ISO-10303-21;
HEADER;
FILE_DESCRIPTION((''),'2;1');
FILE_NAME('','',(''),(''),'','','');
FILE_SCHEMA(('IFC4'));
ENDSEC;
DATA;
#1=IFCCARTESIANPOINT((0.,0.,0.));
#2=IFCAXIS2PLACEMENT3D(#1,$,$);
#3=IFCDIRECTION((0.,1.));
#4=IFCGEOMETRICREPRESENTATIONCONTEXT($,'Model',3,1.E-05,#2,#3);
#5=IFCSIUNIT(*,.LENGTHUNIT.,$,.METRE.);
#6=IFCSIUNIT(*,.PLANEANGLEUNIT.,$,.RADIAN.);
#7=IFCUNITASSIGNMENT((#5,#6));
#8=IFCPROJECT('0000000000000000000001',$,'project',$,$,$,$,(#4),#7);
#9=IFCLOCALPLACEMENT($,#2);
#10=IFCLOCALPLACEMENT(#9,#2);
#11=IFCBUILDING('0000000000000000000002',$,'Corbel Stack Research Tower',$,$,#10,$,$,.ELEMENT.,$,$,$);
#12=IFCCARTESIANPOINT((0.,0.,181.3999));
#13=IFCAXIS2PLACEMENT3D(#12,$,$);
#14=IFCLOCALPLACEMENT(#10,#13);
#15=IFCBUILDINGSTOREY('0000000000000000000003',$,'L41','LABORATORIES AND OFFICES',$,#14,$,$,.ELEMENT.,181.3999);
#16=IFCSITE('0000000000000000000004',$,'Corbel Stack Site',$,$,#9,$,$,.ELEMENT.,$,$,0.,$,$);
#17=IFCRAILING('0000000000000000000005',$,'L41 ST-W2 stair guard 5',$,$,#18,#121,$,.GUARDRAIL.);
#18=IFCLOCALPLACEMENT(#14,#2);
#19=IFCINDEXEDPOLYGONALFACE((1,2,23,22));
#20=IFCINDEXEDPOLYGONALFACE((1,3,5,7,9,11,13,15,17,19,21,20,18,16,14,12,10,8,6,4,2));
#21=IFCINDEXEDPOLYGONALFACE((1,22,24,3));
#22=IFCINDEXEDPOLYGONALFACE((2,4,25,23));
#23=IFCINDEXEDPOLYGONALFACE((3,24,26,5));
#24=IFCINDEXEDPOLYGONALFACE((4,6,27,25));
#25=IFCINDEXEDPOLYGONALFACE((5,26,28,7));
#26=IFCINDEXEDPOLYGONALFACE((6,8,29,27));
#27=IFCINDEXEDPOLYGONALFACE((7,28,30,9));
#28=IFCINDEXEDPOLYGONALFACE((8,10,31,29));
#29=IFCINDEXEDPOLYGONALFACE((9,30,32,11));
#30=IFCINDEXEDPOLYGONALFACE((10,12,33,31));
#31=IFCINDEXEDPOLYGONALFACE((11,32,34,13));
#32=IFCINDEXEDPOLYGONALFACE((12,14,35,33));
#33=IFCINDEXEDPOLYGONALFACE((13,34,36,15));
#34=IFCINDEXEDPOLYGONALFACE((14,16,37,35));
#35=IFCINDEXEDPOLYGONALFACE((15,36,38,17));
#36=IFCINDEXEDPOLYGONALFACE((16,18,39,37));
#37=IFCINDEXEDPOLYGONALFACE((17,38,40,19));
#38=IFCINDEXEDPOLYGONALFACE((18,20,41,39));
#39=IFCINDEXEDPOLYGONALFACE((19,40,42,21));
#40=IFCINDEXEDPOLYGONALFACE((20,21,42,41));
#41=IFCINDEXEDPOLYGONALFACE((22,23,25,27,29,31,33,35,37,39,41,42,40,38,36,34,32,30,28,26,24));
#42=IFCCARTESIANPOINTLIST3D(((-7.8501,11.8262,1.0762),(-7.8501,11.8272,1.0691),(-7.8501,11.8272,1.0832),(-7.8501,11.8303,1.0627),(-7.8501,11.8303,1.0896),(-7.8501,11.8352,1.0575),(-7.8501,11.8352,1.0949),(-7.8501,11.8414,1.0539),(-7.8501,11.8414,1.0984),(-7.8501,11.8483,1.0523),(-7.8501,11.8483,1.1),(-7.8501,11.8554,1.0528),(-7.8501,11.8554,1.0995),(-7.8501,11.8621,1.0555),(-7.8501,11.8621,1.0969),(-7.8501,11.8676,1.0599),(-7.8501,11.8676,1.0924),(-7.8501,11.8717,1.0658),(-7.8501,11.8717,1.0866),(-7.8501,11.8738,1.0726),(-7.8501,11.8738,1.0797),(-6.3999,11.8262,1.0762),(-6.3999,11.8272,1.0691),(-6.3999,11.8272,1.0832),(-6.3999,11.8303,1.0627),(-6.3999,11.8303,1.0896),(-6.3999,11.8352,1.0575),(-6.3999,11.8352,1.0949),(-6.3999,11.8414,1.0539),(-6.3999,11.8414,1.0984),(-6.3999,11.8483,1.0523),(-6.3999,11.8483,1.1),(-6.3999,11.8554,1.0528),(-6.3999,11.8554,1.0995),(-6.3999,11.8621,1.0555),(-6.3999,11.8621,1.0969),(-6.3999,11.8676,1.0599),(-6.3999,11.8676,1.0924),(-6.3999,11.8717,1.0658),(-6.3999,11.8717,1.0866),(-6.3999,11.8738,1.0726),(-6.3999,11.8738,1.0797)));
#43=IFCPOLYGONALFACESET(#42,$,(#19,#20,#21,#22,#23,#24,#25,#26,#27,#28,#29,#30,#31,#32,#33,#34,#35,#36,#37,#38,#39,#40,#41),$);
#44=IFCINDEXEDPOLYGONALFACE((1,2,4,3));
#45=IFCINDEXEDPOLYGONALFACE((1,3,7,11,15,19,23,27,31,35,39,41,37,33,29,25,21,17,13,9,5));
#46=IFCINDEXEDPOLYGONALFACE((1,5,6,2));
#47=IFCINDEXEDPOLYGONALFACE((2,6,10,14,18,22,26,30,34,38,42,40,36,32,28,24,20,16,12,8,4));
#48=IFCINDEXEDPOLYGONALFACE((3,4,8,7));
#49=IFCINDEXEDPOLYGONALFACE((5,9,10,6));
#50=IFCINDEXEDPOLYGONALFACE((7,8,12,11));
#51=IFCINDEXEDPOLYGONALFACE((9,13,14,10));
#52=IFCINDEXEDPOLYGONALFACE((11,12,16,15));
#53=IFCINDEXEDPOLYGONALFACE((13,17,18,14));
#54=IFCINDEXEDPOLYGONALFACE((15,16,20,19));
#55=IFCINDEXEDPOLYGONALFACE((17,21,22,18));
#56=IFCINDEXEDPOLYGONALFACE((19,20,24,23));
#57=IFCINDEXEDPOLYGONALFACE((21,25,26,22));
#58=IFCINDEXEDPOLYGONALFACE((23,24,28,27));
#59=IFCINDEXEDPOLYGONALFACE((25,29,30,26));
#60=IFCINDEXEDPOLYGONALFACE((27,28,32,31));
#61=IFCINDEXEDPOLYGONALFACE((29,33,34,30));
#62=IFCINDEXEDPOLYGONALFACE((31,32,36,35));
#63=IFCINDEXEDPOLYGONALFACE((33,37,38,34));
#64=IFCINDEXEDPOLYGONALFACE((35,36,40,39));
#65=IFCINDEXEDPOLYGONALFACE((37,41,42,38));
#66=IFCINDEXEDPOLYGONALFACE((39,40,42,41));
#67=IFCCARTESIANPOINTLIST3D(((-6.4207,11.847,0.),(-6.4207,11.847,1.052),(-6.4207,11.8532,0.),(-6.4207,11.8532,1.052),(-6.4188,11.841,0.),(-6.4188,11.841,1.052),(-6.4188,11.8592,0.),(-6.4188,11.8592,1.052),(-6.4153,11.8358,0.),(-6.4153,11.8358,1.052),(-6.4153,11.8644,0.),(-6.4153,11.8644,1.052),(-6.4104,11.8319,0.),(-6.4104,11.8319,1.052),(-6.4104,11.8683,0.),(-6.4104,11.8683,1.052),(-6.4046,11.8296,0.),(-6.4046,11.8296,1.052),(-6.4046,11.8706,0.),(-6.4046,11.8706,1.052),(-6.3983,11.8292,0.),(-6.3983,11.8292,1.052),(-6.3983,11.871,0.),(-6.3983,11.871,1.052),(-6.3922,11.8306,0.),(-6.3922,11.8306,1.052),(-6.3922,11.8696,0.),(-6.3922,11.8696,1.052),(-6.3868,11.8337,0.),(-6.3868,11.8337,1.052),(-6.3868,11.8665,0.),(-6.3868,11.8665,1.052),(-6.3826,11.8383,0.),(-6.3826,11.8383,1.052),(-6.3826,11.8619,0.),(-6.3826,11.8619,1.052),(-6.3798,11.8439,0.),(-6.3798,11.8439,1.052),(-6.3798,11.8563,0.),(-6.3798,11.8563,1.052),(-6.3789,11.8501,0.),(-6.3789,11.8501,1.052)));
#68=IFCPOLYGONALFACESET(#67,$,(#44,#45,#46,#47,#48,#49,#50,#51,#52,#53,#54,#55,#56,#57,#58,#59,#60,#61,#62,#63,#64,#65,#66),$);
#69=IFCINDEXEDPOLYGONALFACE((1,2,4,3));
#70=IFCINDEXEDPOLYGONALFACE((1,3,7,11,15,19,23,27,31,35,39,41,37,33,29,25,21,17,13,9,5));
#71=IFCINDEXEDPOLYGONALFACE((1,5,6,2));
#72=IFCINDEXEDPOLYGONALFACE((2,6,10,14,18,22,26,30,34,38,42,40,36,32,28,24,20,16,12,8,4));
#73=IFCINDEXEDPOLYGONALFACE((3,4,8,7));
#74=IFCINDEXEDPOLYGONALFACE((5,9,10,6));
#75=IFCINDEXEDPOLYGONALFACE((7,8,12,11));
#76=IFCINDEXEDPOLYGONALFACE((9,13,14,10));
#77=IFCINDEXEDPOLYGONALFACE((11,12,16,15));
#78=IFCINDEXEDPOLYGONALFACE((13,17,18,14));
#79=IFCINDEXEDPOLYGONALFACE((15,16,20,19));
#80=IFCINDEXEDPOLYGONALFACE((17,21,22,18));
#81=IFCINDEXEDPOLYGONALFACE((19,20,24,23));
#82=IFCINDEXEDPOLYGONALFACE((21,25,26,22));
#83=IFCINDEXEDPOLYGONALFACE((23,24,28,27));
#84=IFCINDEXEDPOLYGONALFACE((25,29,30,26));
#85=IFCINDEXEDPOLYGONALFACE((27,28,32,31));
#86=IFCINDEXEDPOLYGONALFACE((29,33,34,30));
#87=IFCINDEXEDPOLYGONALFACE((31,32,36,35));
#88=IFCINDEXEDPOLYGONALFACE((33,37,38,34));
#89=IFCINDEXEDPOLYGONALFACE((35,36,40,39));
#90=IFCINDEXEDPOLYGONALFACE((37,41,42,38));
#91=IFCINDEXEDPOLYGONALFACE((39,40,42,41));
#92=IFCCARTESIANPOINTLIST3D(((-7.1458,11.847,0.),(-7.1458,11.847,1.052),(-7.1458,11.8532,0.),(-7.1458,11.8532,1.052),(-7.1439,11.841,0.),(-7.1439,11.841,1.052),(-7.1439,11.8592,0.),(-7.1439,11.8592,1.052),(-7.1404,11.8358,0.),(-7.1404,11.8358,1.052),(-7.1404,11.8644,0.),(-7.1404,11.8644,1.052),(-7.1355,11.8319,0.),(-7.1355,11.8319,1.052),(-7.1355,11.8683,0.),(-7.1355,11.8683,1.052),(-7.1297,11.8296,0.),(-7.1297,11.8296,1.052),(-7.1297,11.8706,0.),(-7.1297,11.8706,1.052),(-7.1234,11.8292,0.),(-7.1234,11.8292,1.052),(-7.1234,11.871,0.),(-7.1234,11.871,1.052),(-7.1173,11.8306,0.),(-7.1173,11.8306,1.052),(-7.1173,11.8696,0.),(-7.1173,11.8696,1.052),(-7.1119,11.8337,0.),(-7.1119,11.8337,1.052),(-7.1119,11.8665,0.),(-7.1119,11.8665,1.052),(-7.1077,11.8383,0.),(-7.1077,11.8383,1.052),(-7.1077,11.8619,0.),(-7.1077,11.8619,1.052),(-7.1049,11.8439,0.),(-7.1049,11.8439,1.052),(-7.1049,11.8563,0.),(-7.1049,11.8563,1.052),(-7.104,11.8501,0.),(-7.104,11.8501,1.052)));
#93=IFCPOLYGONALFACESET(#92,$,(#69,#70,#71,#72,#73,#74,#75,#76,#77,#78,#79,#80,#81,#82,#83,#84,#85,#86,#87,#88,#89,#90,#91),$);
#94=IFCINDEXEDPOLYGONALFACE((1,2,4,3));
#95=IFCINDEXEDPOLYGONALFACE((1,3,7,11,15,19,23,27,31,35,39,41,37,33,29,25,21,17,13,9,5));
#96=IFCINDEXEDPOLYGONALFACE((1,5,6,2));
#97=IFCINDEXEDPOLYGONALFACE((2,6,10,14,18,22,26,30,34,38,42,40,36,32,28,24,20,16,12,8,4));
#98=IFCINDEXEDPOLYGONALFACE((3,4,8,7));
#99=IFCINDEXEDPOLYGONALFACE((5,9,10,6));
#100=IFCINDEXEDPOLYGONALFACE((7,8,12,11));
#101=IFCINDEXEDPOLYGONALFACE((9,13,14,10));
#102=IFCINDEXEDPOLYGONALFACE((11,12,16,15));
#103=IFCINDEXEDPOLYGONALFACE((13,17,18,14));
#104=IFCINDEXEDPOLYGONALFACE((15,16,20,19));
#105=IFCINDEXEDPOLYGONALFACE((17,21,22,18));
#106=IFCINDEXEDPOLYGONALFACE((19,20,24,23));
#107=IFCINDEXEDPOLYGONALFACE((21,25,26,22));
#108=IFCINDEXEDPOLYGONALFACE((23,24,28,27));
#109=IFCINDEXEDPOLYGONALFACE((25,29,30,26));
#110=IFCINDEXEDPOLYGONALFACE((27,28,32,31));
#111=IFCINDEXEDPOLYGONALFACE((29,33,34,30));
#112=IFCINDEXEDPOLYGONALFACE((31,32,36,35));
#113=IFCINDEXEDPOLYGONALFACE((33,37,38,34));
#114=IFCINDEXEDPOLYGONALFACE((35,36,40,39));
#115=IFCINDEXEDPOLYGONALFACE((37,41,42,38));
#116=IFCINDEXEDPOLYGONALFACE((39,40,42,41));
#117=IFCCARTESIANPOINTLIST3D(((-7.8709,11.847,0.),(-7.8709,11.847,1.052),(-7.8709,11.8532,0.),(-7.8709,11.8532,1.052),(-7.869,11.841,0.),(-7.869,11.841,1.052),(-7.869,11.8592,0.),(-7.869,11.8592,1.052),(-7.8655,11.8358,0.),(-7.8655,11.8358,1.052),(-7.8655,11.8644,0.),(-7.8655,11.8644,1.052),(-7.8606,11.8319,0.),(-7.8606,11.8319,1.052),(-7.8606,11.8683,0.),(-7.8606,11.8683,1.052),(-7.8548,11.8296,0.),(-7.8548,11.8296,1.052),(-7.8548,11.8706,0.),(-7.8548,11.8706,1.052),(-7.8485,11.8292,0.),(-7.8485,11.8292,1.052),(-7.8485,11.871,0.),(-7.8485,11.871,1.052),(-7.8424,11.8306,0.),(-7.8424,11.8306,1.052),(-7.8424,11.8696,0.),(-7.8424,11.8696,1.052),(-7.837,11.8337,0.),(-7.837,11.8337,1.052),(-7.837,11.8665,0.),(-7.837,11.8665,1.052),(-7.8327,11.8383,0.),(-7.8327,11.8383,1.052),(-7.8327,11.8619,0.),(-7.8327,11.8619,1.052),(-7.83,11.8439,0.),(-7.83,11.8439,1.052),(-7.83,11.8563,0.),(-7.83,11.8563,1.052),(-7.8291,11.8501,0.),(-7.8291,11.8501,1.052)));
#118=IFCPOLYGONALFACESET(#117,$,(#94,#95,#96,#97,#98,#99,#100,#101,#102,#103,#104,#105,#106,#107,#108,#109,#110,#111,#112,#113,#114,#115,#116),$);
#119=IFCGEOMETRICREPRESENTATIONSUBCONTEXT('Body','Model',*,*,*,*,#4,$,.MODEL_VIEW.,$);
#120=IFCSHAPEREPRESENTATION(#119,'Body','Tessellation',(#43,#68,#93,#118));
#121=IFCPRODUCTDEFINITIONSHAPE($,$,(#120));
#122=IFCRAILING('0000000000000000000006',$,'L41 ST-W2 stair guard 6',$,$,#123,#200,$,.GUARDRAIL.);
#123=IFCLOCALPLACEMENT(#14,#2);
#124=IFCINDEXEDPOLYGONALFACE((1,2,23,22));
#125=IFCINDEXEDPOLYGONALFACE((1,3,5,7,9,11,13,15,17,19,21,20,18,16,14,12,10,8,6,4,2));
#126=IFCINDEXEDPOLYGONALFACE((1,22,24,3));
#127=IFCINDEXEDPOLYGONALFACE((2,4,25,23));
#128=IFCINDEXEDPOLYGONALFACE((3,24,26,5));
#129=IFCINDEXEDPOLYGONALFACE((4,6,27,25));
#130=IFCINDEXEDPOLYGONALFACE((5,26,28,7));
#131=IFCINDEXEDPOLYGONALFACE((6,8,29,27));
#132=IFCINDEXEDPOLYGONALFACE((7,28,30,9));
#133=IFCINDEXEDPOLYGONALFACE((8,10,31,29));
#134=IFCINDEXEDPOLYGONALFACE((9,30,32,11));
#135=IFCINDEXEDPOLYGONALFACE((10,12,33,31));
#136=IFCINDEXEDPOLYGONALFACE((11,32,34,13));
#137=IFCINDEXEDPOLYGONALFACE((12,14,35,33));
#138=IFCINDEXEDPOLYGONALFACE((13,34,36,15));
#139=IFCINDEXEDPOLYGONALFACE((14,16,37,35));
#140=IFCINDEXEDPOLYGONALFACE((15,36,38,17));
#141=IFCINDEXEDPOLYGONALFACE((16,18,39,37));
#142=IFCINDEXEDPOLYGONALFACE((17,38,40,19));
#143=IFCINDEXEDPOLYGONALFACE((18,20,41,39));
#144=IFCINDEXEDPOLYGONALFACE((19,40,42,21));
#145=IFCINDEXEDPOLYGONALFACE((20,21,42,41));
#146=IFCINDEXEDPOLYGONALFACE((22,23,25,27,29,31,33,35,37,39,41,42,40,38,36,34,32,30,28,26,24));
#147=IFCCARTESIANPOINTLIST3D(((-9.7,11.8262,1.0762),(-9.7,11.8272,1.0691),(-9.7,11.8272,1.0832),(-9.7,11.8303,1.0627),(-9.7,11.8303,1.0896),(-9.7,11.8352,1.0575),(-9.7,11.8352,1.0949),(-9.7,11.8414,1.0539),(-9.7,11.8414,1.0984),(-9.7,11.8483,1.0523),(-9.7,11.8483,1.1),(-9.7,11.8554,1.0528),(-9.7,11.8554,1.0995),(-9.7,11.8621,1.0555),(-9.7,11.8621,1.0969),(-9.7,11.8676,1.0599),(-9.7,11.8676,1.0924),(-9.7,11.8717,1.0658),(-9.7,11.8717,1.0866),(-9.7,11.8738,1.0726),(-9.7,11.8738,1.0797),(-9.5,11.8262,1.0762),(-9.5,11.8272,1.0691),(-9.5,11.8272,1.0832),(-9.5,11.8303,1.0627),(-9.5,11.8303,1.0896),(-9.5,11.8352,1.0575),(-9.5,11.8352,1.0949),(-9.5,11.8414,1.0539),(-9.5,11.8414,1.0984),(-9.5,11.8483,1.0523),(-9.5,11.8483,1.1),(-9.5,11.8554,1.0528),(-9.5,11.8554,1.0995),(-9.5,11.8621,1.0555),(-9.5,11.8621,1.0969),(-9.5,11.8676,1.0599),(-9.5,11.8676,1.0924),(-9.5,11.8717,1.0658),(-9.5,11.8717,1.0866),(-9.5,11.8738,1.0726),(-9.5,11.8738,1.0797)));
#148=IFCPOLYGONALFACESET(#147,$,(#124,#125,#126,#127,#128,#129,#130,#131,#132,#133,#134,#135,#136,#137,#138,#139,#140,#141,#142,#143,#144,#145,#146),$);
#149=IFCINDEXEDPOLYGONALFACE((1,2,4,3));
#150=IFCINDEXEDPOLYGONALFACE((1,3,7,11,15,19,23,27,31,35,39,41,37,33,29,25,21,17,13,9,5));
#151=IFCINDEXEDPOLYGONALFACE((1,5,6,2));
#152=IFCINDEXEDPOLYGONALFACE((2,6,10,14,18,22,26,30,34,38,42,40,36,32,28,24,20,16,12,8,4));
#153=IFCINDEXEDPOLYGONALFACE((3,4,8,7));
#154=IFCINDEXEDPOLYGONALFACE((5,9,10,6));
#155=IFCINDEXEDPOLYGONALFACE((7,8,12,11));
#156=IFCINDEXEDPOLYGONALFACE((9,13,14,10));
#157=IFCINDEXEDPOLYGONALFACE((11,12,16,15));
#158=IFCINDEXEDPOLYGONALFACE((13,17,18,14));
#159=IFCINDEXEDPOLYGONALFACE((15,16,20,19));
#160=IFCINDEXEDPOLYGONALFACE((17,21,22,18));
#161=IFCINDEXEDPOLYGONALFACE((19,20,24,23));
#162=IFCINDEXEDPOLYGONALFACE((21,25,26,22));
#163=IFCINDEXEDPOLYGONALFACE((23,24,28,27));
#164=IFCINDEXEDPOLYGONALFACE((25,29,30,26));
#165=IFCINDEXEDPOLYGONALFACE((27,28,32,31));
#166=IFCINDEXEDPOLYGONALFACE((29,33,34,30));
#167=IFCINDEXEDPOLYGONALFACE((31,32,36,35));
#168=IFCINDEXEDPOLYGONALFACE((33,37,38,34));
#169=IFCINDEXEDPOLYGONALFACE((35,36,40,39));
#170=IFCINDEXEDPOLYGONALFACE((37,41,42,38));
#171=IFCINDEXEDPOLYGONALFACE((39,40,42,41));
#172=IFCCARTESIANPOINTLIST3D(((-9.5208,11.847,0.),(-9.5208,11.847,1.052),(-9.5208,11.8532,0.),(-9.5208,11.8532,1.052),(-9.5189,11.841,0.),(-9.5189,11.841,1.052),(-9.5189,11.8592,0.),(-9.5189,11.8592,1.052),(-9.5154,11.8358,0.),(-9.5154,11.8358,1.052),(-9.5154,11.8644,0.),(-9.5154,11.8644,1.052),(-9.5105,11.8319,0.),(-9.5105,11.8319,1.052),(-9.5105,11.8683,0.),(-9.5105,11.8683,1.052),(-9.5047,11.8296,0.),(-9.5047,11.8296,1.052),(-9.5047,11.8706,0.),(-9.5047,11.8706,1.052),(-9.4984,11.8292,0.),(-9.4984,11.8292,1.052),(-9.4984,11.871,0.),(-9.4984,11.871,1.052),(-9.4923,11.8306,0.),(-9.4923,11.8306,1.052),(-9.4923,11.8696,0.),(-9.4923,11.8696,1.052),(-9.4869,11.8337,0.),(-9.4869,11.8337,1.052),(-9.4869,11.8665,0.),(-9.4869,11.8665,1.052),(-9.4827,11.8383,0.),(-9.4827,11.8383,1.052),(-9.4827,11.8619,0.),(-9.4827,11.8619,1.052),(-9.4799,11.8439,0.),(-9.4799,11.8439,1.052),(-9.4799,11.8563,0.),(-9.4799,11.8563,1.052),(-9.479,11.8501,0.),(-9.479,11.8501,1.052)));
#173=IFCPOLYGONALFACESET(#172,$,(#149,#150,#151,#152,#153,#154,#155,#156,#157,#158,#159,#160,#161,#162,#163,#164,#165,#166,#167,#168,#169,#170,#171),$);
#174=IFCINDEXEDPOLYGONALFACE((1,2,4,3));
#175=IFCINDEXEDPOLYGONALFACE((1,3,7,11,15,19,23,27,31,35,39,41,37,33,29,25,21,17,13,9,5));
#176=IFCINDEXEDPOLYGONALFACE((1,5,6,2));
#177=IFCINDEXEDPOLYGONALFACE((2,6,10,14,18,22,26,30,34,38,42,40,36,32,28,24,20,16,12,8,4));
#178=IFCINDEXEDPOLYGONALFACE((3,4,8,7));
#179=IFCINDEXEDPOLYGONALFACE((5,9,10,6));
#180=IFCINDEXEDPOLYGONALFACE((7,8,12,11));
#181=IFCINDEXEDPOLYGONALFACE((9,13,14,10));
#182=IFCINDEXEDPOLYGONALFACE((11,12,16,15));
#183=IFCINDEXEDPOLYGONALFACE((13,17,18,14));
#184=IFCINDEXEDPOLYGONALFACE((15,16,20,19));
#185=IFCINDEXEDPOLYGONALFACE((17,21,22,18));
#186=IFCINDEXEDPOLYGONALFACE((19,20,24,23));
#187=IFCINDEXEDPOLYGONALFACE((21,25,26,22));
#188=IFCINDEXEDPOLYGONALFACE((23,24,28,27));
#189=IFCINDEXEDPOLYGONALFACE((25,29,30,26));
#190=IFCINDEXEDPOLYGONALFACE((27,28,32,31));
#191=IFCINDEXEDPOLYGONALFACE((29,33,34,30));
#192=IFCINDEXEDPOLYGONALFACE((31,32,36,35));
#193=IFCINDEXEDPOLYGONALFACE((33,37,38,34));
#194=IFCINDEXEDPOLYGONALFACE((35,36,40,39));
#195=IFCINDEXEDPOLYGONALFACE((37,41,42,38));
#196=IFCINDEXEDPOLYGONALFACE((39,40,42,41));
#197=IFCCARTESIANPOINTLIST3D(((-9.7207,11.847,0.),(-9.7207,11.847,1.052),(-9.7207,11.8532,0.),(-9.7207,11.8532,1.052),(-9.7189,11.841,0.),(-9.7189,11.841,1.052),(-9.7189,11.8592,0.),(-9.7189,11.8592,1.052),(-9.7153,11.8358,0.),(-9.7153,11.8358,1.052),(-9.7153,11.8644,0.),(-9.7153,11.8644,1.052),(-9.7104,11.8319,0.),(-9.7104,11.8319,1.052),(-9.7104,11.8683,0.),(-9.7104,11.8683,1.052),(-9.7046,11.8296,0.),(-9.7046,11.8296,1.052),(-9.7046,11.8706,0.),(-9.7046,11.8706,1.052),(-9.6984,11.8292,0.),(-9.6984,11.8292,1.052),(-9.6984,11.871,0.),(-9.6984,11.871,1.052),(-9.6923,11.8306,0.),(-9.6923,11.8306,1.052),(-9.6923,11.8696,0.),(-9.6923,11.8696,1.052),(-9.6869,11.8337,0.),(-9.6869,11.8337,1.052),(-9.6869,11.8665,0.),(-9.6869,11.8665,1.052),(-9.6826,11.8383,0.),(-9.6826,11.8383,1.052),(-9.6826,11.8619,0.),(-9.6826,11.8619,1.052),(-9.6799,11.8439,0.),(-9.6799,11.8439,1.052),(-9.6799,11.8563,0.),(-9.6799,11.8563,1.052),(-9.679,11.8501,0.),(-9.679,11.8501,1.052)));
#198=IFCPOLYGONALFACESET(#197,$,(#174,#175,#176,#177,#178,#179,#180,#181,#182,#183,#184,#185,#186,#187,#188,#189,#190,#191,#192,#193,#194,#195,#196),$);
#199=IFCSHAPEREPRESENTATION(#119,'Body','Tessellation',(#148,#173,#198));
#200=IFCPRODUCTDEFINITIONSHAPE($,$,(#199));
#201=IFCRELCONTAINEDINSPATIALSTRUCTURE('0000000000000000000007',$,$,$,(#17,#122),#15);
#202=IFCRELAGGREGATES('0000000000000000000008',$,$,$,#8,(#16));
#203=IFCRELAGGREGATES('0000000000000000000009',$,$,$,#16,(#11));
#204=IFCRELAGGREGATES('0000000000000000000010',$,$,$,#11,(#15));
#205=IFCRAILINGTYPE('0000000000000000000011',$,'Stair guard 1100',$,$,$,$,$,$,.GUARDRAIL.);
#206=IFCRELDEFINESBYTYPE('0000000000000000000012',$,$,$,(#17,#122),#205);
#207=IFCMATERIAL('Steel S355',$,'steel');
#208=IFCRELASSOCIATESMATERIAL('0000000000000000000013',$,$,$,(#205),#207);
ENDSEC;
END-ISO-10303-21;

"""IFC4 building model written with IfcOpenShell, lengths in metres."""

from ifc_helpers import new_model, si_unit, direction, frame, origin, origin_2d, place, context, subcontext, project, spatial, circle, extrude, material, type_object, element, save


model = new_model("IFC4")

# Units and contexts
model_context = context("Model", 3, precision=1e-05, world=origin(), true_north=direction((0.0, 1.0)))
body_context = subcontext(model_context, "Body", "Model", "MODEL_VIEW")
ifc_project = project(units=[si_unit("LENGTHUNIT", "METRE"), si_unit("PLANEANGLEUNIT", "RADIAN")], contexts=[model_context])

# Site, building, storey
site_placement = place(None, origin())
site = spatial("IfcSite", under=ifc_project, at=site_placement, Name="Corbel Stack Site", CompositionType="ELEMENT", RefElevation=0.0)
building_placement = place(site_placement, origin())
building = spatial("IfcBuilding", under=site, at=building_placement, Name="Corbel Stack Research Tower", CompositionType="ELEMENT")
storey_placement = place(building_placement, frame((0.0, 0.0, 181.3999)))
storey = spatial("IfcBuildingStorey", under=building, at=storey_placement, Name="L41", Description="LABORATORIES AND OFFICES", CompositionType="ELEMENT", Elevation=181.3999)

# Railings
ifc_material_1 = material(Name="Steel S355", Category="steel")
railing_type_1 = type_object("IfcRailingType", Name="Stair guard 1100", PredefinedType="GUARDRAIL", material=ifc_material_1)
railing_1_placement = place(storey_placement, frame((-6.3999, 11.8501, 0.0)))
element("IfcRailing", 1, at=railing_1_placement, inside=storey, type_object=railing_type_1, Name="L41 ST-W2 stair guard 5", PredefinedType="GUARDRAIL", context=body_context, shape_type="SweptSolid", body=[
    extrude(circle(Radius=0.0239, at=origin_2d()), frame((0.0, 0.0, 1.0762), z_axis=(-1.0, 0.0, 0.0), x_axis=(0.0, -1.0, 0.0)), (0.0, 0.0, 1.0), 1.4502),
    extrude(circle(Radius=0.021, at=origin_2d()), origin(), (0.0, 0.0, 1.0), 1.052),
    extrude(circle(Radius=0.021, at=origin_2d()), frame((-0.7251, 0.0, 0.0)), (0.0, 0.0, 1.0), 1.052),
    extrude(circle(Radius=0.021, at=origin_2d()), frame((-1.4502, 0.0, 0.0)), (0.0, 0.0, 1.0), 1.052),
])
railing_2_placement = place(storey_placement, frame((-9.5, 11.8501, 0.0)))
element("IfcRailing", 2, at=railing_2_placement, inside=storey, type_object=railing_type_1, Name="L41 ST-W2 stair guard 6", PredefinedType="GUARDRAIL", context=body_context, shape_type="SweptSolid", body=[
    extrude(circle(Radius=0.0239, at=origin_2d()), frame((0.0, 0.0, 1.0762), z_axis=(-1.0, 0.0, 0.0), x_axis=(0.0, -1.0, 0.0)), (0.0, 0.0, 1.0), 0.2),
    extrude(circle(Radius=0.021, at=origin_2d()), origin(), (0.0, 0.0, 1.0), 1.052),
    extrude(circle(Radius=0.021, at=origin_2d()), frame((-0.2, 0.0, 0.0)), (0.0, 0.0, 1.0), 1.052),
])

save(model, "model.ifc")
